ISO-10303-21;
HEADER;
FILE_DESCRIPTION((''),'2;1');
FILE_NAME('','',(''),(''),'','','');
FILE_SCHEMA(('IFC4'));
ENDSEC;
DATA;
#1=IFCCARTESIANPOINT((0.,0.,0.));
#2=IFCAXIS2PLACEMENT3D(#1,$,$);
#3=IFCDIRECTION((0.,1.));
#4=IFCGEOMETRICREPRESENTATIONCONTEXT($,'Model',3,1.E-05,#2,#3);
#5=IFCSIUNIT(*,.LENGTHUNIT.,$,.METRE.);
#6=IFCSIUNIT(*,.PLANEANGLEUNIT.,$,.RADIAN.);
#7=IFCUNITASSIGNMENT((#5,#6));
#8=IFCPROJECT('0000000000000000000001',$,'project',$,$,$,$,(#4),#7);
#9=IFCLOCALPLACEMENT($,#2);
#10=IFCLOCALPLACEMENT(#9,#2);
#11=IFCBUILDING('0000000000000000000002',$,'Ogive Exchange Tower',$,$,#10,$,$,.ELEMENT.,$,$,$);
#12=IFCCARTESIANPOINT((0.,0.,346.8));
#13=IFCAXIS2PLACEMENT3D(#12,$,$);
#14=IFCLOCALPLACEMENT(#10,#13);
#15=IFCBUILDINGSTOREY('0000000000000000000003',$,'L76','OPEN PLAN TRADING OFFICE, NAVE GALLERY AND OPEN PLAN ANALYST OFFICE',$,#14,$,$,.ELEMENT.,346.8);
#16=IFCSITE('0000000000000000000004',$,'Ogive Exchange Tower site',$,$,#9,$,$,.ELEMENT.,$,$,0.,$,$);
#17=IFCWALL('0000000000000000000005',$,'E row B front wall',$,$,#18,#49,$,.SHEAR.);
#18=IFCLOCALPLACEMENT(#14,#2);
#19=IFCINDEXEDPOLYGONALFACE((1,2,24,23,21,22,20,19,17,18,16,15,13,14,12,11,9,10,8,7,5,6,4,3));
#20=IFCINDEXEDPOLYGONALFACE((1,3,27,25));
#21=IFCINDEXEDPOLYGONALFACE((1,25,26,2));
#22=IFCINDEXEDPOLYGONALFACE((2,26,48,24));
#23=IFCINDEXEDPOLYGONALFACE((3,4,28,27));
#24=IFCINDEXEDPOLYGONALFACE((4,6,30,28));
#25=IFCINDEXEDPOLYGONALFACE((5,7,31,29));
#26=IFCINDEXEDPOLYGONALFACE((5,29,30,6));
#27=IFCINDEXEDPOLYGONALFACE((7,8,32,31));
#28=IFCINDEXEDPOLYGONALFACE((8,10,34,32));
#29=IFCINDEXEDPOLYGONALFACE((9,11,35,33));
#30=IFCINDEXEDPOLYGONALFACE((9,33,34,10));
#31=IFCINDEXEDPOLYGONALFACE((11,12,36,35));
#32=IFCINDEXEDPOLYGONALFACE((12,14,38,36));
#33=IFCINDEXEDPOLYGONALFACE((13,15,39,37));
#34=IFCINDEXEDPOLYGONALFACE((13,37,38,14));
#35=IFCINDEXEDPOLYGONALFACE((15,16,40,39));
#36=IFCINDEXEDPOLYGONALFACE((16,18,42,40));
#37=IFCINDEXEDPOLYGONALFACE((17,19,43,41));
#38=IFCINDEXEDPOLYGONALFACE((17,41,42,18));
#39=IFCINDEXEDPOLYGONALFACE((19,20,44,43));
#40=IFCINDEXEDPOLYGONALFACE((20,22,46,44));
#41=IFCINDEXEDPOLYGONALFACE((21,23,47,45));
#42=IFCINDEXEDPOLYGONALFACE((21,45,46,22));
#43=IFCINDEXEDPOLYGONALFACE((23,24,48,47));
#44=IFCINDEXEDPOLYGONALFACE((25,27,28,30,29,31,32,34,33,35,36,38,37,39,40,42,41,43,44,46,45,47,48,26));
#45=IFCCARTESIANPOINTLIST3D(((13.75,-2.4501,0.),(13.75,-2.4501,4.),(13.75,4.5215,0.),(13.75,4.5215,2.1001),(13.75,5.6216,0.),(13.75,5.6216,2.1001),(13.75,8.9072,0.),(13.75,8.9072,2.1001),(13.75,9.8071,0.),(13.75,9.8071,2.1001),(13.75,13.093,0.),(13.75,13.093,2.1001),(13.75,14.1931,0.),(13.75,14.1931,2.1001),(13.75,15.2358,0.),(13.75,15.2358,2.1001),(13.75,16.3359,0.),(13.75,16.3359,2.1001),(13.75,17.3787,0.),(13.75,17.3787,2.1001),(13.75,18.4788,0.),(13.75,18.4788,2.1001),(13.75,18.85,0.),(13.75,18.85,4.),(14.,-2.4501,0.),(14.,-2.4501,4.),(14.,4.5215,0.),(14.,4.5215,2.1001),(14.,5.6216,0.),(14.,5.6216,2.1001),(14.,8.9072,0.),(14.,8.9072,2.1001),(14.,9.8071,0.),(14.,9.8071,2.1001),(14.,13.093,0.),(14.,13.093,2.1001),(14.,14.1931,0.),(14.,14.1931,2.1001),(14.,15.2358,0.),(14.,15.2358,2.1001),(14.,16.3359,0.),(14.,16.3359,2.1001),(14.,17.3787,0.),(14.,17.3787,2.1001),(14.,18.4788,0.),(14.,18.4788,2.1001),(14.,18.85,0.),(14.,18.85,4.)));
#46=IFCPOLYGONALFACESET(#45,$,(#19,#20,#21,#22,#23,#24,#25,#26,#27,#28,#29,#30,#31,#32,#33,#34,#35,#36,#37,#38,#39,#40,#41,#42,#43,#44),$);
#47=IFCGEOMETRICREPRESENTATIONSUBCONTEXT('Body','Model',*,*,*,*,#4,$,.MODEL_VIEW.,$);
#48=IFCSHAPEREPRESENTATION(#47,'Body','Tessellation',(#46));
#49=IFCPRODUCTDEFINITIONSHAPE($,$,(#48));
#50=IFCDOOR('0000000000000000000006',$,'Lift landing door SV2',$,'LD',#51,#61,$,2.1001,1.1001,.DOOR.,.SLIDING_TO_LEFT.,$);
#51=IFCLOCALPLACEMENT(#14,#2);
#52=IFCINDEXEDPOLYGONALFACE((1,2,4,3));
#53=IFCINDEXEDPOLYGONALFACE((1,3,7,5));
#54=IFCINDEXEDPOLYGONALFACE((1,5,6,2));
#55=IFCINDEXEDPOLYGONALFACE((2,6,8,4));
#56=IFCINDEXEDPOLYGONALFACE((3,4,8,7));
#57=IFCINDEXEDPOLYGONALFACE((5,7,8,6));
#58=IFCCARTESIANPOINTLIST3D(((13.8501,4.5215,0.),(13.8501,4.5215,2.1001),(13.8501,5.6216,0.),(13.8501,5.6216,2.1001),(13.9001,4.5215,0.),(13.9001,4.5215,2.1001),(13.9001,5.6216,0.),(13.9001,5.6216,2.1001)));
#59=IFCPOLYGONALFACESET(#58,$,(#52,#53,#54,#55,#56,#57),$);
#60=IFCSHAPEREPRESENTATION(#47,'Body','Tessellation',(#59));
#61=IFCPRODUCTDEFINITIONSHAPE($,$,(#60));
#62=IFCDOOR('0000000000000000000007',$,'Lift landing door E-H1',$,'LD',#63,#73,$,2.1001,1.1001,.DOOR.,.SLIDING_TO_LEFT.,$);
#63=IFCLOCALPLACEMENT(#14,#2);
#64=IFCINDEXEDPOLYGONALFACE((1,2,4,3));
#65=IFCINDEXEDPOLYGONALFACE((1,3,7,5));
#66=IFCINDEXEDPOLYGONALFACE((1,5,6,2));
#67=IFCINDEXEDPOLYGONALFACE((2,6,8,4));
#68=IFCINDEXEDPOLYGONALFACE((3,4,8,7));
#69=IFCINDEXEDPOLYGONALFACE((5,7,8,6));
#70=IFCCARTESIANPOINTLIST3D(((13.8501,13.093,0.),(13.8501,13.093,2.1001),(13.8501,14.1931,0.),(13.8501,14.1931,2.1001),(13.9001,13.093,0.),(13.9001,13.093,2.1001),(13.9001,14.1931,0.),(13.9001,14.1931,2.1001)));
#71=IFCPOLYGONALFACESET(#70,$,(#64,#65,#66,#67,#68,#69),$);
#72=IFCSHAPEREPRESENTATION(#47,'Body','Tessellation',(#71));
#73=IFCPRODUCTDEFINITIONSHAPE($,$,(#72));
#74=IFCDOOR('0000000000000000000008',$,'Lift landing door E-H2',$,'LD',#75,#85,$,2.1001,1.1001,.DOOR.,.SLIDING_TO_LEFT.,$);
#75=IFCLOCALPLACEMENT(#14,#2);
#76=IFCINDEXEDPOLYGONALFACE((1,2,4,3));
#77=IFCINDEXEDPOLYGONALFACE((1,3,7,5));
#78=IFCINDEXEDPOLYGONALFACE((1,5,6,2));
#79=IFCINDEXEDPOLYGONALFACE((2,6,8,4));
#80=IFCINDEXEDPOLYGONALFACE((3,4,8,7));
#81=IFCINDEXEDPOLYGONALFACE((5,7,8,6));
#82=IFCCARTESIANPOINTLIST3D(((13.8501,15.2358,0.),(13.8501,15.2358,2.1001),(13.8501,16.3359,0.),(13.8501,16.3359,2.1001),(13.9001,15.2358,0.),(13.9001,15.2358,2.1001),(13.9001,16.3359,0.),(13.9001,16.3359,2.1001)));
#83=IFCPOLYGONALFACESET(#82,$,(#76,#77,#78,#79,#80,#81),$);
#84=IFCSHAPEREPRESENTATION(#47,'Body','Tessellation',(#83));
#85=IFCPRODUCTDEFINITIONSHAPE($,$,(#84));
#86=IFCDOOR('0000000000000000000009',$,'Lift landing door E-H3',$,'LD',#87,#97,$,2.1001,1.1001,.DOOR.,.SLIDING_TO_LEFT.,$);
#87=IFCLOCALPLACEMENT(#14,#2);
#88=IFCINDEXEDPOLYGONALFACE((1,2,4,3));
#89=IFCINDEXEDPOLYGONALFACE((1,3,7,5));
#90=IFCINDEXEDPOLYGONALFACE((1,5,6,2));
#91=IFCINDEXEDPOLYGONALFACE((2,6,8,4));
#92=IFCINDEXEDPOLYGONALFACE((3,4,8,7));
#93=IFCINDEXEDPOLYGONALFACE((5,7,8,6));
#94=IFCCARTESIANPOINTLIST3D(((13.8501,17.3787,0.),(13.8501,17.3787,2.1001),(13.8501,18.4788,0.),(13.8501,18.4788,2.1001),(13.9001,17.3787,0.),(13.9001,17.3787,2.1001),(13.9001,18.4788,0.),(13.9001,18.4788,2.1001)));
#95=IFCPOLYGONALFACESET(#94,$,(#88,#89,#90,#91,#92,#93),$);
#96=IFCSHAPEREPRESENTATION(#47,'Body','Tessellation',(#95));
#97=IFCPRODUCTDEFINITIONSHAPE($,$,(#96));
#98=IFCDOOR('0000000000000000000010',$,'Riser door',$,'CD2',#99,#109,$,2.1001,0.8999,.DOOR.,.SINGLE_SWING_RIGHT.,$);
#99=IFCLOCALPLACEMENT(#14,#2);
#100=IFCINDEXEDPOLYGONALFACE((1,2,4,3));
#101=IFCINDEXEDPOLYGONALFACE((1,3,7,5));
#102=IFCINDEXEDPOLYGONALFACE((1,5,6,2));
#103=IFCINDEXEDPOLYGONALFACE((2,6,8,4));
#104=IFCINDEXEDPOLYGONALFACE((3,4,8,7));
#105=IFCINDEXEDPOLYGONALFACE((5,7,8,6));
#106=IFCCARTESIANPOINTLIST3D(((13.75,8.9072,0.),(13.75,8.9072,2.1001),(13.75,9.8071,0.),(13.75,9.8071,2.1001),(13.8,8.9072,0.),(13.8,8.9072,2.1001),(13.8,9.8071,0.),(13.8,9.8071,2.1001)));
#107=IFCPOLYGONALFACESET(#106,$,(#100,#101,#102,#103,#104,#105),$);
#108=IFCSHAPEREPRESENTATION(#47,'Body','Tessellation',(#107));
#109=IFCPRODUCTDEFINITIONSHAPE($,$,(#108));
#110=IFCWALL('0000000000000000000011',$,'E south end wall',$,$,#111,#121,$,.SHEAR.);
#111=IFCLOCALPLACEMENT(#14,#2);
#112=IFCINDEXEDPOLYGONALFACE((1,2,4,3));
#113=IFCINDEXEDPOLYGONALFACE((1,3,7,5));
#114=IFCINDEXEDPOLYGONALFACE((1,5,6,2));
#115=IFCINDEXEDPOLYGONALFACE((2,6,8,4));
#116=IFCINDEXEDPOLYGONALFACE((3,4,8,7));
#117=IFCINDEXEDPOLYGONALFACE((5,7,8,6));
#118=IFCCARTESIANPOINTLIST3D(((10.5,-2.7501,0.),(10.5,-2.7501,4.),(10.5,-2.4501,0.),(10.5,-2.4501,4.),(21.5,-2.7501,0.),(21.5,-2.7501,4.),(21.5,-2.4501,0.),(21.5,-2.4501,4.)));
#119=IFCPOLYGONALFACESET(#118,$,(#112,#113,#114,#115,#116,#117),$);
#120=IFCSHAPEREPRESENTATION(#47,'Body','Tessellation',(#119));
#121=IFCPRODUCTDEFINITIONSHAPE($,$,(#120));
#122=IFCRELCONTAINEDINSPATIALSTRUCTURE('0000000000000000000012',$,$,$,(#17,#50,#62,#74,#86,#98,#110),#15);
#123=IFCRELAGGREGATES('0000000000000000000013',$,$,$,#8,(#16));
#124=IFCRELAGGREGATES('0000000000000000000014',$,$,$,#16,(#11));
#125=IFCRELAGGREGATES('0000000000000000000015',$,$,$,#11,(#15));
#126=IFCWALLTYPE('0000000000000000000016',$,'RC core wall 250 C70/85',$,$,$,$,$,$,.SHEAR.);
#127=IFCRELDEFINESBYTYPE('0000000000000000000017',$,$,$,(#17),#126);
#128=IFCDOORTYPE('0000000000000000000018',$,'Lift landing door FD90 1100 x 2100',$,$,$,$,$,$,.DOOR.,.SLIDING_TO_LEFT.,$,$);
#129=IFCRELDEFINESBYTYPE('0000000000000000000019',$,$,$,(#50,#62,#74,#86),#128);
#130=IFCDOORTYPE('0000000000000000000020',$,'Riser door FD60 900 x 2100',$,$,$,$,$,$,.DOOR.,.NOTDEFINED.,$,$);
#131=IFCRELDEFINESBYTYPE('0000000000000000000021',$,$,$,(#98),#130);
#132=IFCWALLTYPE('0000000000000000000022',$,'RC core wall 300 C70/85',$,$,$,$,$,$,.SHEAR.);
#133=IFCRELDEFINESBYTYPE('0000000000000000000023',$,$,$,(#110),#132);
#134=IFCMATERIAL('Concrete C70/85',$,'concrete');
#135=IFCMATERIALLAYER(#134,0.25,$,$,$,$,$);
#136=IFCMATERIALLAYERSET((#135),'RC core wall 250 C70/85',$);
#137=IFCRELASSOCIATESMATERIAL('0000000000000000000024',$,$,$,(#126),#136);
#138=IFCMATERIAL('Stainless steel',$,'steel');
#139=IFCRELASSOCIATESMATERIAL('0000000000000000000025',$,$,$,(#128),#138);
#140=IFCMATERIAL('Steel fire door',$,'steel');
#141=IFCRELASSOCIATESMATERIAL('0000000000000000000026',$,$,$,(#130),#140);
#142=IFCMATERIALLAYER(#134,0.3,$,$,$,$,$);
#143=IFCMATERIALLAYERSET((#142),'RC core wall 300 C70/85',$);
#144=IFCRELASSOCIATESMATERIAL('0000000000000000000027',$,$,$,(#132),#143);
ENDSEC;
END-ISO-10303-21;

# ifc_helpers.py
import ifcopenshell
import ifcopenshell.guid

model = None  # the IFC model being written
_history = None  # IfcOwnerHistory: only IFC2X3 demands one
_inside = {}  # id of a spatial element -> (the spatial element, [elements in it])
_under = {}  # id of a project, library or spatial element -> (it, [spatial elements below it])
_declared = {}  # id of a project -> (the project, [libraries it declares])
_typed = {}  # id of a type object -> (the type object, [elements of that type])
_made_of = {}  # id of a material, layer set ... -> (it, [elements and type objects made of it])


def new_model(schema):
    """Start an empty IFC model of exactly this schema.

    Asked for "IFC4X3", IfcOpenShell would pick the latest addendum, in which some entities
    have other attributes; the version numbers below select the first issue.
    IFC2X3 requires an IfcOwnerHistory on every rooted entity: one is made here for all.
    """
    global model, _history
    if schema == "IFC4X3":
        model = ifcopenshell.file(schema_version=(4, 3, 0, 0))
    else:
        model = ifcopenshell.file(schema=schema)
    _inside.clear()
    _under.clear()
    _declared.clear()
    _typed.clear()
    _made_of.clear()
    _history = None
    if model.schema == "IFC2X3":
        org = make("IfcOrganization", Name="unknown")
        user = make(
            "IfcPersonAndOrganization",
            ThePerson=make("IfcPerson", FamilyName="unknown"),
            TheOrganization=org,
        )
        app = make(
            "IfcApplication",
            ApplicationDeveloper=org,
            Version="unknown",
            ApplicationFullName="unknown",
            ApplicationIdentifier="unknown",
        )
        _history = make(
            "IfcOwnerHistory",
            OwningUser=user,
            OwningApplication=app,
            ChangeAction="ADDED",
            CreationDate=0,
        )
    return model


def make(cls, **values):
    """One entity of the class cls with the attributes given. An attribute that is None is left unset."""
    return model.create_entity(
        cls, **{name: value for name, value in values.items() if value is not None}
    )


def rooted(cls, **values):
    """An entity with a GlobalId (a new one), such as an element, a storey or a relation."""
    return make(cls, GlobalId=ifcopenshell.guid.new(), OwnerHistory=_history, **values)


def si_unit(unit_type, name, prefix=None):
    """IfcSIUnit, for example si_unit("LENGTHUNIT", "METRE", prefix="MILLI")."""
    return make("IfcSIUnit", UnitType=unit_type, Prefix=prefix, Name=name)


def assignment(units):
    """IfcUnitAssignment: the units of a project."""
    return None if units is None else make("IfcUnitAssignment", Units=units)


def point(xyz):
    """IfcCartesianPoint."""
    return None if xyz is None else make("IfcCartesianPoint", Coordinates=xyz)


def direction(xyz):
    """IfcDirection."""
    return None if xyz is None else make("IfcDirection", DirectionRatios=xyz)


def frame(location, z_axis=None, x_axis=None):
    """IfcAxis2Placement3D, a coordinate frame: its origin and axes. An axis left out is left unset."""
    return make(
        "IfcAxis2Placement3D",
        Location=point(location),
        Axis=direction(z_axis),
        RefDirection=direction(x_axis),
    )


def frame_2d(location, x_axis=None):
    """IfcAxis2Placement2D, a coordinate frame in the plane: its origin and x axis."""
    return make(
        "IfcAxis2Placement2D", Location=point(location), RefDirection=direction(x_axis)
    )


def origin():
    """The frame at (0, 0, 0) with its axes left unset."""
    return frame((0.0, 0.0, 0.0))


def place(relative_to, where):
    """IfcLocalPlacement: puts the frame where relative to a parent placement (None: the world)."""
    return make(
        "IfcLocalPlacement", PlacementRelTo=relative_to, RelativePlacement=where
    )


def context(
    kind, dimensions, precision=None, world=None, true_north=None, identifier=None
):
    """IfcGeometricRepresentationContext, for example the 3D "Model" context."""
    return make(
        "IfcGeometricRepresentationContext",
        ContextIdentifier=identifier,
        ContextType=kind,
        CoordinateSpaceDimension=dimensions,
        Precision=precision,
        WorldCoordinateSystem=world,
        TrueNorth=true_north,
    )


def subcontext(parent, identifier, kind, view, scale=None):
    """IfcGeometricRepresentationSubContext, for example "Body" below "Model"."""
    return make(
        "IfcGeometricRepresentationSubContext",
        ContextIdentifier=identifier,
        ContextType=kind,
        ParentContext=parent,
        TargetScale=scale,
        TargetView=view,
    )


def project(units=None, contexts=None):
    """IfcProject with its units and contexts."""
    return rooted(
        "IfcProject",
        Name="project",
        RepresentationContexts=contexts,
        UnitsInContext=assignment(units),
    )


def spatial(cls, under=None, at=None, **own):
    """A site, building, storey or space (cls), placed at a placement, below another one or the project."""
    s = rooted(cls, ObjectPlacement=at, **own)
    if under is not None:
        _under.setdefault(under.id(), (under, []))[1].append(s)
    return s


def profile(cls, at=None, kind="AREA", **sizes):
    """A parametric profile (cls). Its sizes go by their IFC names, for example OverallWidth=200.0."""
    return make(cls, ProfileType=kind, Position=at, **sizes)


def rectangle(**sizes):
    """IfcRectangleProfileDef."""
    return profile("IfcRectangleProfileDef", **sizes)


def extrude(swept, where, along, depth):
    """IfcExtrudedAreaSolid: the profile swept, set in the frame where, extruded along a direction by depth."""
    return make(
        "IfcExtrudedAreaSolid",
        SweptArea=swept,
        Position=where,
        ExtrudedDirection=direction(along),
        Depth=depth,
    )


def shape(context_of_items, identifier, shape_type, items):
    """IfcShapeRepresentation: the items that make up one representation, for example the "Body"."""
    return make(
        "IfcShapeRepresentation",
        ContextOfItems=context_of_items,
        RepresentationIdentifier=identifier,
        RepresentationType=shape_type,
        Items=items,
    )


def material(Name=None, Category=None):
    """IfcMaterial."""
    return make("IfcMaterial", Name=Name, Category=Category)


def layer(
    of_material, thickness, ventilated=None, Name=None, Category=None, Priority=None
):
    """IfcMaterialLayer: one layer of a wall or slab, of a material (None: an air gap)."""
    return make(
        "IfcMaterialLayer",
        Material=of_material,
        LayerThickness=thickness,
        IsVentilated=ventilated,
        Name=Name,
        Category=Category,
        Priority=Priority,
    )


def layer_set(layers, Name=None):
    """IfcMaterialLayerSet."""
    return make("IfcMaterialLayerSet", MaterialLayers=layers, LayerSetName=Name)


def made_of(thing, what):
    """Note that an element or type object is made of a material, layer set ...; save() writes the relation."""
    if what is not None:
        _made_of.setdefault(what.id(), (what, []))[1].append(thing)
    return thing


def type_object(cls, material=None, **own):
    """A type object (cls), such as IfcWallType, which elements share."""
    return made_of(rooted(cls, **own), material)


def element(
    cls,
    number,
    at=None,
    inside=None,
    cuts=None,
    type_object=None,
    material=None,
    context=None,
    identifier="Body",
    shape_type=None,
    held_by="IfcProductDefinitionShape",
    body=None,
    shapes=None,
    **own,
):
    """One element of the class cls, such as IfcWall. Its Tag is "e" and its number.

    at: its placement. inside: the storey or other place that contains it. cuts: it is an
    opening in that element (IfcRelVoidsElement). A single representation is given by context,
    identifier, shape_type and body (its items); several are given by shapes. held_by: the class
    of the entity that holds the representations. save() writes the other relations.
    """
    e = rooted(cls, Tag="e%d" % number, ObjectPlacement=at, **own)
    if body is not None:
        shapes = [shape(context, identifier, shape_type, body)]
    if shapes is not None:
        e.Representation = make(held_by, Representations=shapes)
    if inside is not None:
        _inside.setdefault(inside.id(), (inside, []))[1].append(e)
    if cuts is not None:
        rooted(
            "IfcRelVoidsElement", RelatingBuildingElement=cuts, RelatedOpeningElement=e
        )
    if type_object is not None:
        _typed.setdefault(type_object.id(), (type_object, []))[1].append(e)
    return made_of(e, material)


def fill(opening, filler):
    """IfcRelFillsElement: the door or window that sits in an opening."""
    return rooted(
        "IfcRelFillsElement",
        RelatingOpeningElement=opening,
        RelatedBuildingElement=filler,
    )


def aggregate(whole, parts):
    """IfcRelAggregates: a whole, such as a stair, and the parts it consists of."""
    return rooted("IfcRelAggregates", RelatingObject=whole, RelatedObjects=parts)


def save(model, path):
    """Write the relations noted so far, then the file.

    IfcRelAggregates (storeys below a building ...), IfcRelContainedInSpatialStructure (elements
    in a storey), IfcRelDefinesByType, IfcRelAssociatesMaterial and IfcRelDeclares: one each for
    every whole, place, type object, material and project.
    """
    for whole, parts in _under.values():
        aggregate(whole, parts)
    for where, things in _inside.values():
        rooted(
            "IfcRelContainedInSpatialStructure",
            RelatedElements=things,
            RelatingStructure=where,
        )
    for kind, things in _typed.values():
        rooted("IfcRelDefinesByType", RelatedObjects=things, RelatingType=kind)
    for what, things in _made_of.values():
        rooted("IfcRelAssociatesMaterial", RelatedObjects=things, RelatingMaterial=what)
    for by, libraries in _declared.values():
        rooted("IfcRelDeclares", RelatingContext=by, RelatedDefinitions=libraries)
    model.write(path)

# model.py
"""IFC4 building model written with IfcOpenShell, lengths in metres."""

from ifc_helpers import new_model, si_unit, direction, frame, frame_2d, origin, place, context, subcontext, project, spatial, rectangle, extrude, material, layer, layer_set, type_object, element, fill, save


model = new_model("IFC4")

# Units and contexts
model_context = context("Model", 3, precision=1e-05, world=origin(), true_north=direction((0.0, 1.0)))
body_context = subcontext(model_context, "Body", "Model", "MODEL_VIEW")
ifc_project = project(units=[si_unit("LENGTHUNIT", "METRE"), si_unit("PLANEANGLEUNIT", "RADIAN")], contexts=[model_context])

# Site, building, storey
site_placement = place(None, origin())
site = spatial("IfcSite", under=ifc_project, at=site_placement, Name="Ogive Exchange Tower site", CompositionType="ELEMENT", RefElevation=0.0)
building_placement = place(site_placement, origin())
building = spatial("IfcBuilding", under=site, at=building_placement, Name="Ogive Exchange Tower", CompositionType="ELEMENT")
storey_placement = place(building_placement, frame((0.0, 0.0, 346.8)))
storey = spatial("IfcBuildingStorey", under=building, at=storey_placement, Name="L76", Description="OPEN PLAN TRADING OFFICE, NAVE GALLERY AND OPEN PLAN ANALYST OFFICE", CompositionType="ELEMENT", Elevation=346.8)

# Shared definitions
ifc_material_1 = material(Name="Concrete C70/85", Category="concrete")

# Wall, openings, doors
ifc_layer_1 = layer(ifc_material_1, 0.25)
ifc_layer_set_1 = layer_set([ifc_layer_1], Name="RC core wall 250 C70/85")
wall_type_1 = type_object("IfcWallType", Name="RC core wall 250 C70/85", PredefinedType="SHEAR", material=ifc_layer_set_1)
wall_1_placement = place(storey_placement, frame((13.875, -2.45, 0.0), z_axis=(0.0, 0.0, 1.0), x_axis=(0.0, 1.0, 0.0)))
wall_1 = element("IfcWall", 1, at=wall_1_placement, inside=storey, type_object=wall_type_1, Name="E row B front wall", PredefinedType="SHEAR", context=body_context, shape_type="SweptSolid", body=[
    extrude(rectangle(XDim=21.3, YDim=0.25, at=frame_2d((10.6499, 0.0))), origin(), (0.0, 0.0, 1.0), 4.0),
])
opening_1_placement = place(wall_1_placement, frame((11.3572, 0.0, 0.0)))
opening_1 = element("IfcOpeningElement", 2, at=opening_1_placement, cuts=wall_1, PredefinedType="OPENING", context=body_context, shape_type="SweptSolid", body=[
    extrude(rectangle(XDim=0.8999, YDim=2.1001, at=frame_2d((0.45, 1.05))), frame((0.0, 0.135, 0.0), z_axis=(0.0, -1.0, 0.0), x_axis=(1.0, 0.0, 0.0)), (0.0, 0.0, 1.0), 0.27),
])
opening_2_placement = place(wall_1_placement, frame((6.9714, 0.0, 0.0)))
opening_2 = element("IfcOpeningElement", 3, at=opening_2_placement, cuts=wall_1, PredefinedType="OPENING", context=body_context, shape_type="SweptSolid", body=[
    extrude(rectangle(XDim=1.1001, YDim=2.1001, at=frame_2d((0.55, 1.05))), frame((0.0, 0.135, 0.0), z_axis=(0.0, -1.0, 0.0), x_axis=(1.0, 0.0, 0.0)), (0.0, 0.0, 1.0), 0.27),
])
opening_3_placement = place(wall_1_placement, frame((15.543, 0.0, 0.0)))
opening_3 = element("IfcOpeningElement", 4, at=opening_3_placement, cuts=wall_1, PredefinedType="OPENING", context=body_context, shape_type="SweptSolid", body=[
    extrude(rectangle(XDim=1.1001, YDim=2.1001, at=frame_2d((0.55, 1.05))), frame((0.0, 0.135, 0.0), z_axis=(0.0, -1.0, 0.0), x_axis=(1.0, 0.0, 0.0)), (0.0, 0.0, 1.0), 0.27),
])
opening_4_placement = place(wall_1_placement, frame((17.6858, 0.0, 0.0)))
opening_4 = element("IfcOpeningElement", 5, at=opening_4_placement, cuts=wall_1, PredefinedType="OPENING", context=body_context, shape_type="SweptSolid", body=[
    extrude(rectangle(XDim=1.1001, YDim=2.1001, at=frame_2d((0.55, 1.05))), frame((0.0, 0.135, 0.0), z_axis=(0.0, -1.0, 0.0), x_axis=(1.0, 0.0, 0.0)), (0.0, 0.0, 1.0), 0.27),
])
opening_5_placement = place(wall_1_placement, frame((19.8286, 0.0, 0.0)))
opening_5 = element("IfcOpeningElement", 6, at=opening_5_placement, cuts=wall_1, PredefinedType="OPENING", context=body_context, shape_type="SweptSolid", body=[
    extrude(rectangle(XDim=1.1001, YDim=2.1001, at=frame_2d((0.55, 1.05))), frame((0.0, 0.135, 0.0), z_axis=(0.0, -1.0, 0.0), x_axis=(1.0, 0.0, 0.0)), (0.0, 0.0, 1.0), 0.27),
])
ifc_material_2 = material(Name="Stainless steel", Category="steel")
door_type_1 = type_object("IfcDoorType", Name="Lift landing door FD90 1100 x 2100", OperationType="SLIDING_TO_LEFT", PredefinedType="DOOR", material=ifc_material_2)
door_1_placement = place(opening_2_placement, origin())
door_1 = element("IfcDoor", 7, at=door_1_placement, inside=storey, type_object=door_type_1, Name="Lift landing door SV2", ObjectType="LD", OperationType="SLIDING_TO_LEFT", OverallHeight=2.1001, OverallWidth=1.1001, PredefinedType="DOOR", context=body_context, shape_type="SweptSolid", body=[
    extrude(rectangle(XDim=1.1001, YDim=2.1001, at=frame_2d((0.55, 1.05))), frame((0.0, 0.0249, 0.0), z_axis=(0.0, -1.0, 0.0), x_axis=(1.0, 0.0, 0.0)), (0.0, 0.0, 1.0), 0.05),
])
fill(opening_2, door_1)
door_2_placement = place(opening_3_placement, origin())
door_2 = element("IfcDoor", 8, at=door_2_placement, inside=storey, type_object=door_type_1, Name="Lift landing door E-H1", ObjectType="LD", OperationType="SLIDING_TO_LEFT", OverallHeight=2.1001, OverallWidth=1.1001, PredefinedType="DOOR", context=body_context, shape_type="SweptSolid", body=[
    extrude(rectangle(XDim=1.1001, YDim=2.1001, at=frame_2d((0.55, 1.05))), frame((0.0, 0.0249, 0.0), z_axis=(0.0, -1.0, 0.0), x_axis=(1.0, 0.0, 0.0)), (0.0, 0.0, 1.0), 0.05),
])
fill(opening_3, door_2)
door_3_placement = place(opening_4_placement, origin())
door_3 = element("IfcDoor", 9, at=door_3_placement, inside=storey, type_object=door_type_1, Name="Lift landing door E-H2", ObjectType="LD", OperationType="SLIDING_TO_LEFT", OverallHeight=2.1001, OverallWidth=1.1001, PredefinedType="DOOR", context=body_context, shape_type="SweptSolid", body=[
    extrude(rectangle(XDim=1.1001, YDim=2.1001, at=frame_2d((0.55, 1.05))), frame((0.0, 0.0249, 0.0), z_axis=(0.0, -1.0, 0.0), x_axis=(1.0, 0.0, 0.0)), (0.0, 0.0, 1.0), 0.05),
])
fill(opening_4, door_3)
door_4_placement = place(opening_5_placement, origin())
door_4 = element("IfcDoor", 10, at=door_4_placement, inside=storey, type_object=door_type_1, Name="Lift landing door E-H3", ObjectType="LD", OperationType="SLIDING_TO_LEFT", OverallHeight=2.1001, OverallWidth=1.1001, PredefinedType="DOOR", context=body_context, shape_type="SweptSolid", body=[
    extrude(rectangle(XDim=1.1001, YDim=2.1001, at=frame_2d((0.55, 1.05))), frame((0.0, 0.0249, 0.0), z_axis=(0.0, -1.0, 0.0), x_axis=(1.0, 0.0, 0.0)), (0.0, 0.0, 1.0), 0.05),
])
fill(opening_5, door_4)
ifc_material_3 = material(Name="Steel fire door", Category="steel")
door_type_2 = type_object("IfcDoorType", Name="Riser door FD60 900 x 2100", OperationType="NOTDEFINED", PredefinedType="DOOR", material=ifc_material_3)
door_5_placement = place(opening_1_placement, origin())
door_5 = element("IfcDoor", 11, at=door_5_placement, inside=storey, type_object=door_type_2, Name="Riser door", ObjectType="CD2", OperationType="SINGLE_SWING_RIGHT", OverallHeight=2.1001, OverallWidth=0.8999, PredefinedType="DOOR", context=body_context, shape_type="SweptSolid", body=[
    extrude(rectangle(XDim=0.8999, YDim=2.1001, at=frame_2d((0.45, 1.05))), frame((0.0, 0.125, 0.0), z_axis=(0.0, -1.0, 0.0), x_axis=(1.0, 0.0, 0.0)), (0.0, 0.0, 1.0), 0.05),
])
fill(opening_1, door_5)

# Wall
ifc_layer_2 = layer(ifc_material_1, 0.3)
ifc_layer_set_2 = layer_set([ifc_layer_2], Name="RC core wall 300 C70/85")
wall_type_2 = type_object("IfcWallType", Name="RC core wall 300 C70/85", PredefinedType="SHEAR", material=ifc_layer_set_2)
wall_2_placement = place(storey_placement, frame((10.5, -2.6001, 0.0), z_axis=(0.0, 0.0, 1.0), x_axis=(1.0, 0.0, 0.0)))
element("IfcWall", 12, at=wall_2_placement, inside=storey, type_object=wall_type_2, Name="E south end wall", PredefinedType="SHEAR", context=body_context, shape_type="SweptSolid", body=[
    extrude(rectangle(XDim=11.0, YDim=0.3, at=frame_2d((5.5, 0.0))), origin(), (0.0, 0.0, 1.0), 4.0),
])

save(model, "model.ifc")
